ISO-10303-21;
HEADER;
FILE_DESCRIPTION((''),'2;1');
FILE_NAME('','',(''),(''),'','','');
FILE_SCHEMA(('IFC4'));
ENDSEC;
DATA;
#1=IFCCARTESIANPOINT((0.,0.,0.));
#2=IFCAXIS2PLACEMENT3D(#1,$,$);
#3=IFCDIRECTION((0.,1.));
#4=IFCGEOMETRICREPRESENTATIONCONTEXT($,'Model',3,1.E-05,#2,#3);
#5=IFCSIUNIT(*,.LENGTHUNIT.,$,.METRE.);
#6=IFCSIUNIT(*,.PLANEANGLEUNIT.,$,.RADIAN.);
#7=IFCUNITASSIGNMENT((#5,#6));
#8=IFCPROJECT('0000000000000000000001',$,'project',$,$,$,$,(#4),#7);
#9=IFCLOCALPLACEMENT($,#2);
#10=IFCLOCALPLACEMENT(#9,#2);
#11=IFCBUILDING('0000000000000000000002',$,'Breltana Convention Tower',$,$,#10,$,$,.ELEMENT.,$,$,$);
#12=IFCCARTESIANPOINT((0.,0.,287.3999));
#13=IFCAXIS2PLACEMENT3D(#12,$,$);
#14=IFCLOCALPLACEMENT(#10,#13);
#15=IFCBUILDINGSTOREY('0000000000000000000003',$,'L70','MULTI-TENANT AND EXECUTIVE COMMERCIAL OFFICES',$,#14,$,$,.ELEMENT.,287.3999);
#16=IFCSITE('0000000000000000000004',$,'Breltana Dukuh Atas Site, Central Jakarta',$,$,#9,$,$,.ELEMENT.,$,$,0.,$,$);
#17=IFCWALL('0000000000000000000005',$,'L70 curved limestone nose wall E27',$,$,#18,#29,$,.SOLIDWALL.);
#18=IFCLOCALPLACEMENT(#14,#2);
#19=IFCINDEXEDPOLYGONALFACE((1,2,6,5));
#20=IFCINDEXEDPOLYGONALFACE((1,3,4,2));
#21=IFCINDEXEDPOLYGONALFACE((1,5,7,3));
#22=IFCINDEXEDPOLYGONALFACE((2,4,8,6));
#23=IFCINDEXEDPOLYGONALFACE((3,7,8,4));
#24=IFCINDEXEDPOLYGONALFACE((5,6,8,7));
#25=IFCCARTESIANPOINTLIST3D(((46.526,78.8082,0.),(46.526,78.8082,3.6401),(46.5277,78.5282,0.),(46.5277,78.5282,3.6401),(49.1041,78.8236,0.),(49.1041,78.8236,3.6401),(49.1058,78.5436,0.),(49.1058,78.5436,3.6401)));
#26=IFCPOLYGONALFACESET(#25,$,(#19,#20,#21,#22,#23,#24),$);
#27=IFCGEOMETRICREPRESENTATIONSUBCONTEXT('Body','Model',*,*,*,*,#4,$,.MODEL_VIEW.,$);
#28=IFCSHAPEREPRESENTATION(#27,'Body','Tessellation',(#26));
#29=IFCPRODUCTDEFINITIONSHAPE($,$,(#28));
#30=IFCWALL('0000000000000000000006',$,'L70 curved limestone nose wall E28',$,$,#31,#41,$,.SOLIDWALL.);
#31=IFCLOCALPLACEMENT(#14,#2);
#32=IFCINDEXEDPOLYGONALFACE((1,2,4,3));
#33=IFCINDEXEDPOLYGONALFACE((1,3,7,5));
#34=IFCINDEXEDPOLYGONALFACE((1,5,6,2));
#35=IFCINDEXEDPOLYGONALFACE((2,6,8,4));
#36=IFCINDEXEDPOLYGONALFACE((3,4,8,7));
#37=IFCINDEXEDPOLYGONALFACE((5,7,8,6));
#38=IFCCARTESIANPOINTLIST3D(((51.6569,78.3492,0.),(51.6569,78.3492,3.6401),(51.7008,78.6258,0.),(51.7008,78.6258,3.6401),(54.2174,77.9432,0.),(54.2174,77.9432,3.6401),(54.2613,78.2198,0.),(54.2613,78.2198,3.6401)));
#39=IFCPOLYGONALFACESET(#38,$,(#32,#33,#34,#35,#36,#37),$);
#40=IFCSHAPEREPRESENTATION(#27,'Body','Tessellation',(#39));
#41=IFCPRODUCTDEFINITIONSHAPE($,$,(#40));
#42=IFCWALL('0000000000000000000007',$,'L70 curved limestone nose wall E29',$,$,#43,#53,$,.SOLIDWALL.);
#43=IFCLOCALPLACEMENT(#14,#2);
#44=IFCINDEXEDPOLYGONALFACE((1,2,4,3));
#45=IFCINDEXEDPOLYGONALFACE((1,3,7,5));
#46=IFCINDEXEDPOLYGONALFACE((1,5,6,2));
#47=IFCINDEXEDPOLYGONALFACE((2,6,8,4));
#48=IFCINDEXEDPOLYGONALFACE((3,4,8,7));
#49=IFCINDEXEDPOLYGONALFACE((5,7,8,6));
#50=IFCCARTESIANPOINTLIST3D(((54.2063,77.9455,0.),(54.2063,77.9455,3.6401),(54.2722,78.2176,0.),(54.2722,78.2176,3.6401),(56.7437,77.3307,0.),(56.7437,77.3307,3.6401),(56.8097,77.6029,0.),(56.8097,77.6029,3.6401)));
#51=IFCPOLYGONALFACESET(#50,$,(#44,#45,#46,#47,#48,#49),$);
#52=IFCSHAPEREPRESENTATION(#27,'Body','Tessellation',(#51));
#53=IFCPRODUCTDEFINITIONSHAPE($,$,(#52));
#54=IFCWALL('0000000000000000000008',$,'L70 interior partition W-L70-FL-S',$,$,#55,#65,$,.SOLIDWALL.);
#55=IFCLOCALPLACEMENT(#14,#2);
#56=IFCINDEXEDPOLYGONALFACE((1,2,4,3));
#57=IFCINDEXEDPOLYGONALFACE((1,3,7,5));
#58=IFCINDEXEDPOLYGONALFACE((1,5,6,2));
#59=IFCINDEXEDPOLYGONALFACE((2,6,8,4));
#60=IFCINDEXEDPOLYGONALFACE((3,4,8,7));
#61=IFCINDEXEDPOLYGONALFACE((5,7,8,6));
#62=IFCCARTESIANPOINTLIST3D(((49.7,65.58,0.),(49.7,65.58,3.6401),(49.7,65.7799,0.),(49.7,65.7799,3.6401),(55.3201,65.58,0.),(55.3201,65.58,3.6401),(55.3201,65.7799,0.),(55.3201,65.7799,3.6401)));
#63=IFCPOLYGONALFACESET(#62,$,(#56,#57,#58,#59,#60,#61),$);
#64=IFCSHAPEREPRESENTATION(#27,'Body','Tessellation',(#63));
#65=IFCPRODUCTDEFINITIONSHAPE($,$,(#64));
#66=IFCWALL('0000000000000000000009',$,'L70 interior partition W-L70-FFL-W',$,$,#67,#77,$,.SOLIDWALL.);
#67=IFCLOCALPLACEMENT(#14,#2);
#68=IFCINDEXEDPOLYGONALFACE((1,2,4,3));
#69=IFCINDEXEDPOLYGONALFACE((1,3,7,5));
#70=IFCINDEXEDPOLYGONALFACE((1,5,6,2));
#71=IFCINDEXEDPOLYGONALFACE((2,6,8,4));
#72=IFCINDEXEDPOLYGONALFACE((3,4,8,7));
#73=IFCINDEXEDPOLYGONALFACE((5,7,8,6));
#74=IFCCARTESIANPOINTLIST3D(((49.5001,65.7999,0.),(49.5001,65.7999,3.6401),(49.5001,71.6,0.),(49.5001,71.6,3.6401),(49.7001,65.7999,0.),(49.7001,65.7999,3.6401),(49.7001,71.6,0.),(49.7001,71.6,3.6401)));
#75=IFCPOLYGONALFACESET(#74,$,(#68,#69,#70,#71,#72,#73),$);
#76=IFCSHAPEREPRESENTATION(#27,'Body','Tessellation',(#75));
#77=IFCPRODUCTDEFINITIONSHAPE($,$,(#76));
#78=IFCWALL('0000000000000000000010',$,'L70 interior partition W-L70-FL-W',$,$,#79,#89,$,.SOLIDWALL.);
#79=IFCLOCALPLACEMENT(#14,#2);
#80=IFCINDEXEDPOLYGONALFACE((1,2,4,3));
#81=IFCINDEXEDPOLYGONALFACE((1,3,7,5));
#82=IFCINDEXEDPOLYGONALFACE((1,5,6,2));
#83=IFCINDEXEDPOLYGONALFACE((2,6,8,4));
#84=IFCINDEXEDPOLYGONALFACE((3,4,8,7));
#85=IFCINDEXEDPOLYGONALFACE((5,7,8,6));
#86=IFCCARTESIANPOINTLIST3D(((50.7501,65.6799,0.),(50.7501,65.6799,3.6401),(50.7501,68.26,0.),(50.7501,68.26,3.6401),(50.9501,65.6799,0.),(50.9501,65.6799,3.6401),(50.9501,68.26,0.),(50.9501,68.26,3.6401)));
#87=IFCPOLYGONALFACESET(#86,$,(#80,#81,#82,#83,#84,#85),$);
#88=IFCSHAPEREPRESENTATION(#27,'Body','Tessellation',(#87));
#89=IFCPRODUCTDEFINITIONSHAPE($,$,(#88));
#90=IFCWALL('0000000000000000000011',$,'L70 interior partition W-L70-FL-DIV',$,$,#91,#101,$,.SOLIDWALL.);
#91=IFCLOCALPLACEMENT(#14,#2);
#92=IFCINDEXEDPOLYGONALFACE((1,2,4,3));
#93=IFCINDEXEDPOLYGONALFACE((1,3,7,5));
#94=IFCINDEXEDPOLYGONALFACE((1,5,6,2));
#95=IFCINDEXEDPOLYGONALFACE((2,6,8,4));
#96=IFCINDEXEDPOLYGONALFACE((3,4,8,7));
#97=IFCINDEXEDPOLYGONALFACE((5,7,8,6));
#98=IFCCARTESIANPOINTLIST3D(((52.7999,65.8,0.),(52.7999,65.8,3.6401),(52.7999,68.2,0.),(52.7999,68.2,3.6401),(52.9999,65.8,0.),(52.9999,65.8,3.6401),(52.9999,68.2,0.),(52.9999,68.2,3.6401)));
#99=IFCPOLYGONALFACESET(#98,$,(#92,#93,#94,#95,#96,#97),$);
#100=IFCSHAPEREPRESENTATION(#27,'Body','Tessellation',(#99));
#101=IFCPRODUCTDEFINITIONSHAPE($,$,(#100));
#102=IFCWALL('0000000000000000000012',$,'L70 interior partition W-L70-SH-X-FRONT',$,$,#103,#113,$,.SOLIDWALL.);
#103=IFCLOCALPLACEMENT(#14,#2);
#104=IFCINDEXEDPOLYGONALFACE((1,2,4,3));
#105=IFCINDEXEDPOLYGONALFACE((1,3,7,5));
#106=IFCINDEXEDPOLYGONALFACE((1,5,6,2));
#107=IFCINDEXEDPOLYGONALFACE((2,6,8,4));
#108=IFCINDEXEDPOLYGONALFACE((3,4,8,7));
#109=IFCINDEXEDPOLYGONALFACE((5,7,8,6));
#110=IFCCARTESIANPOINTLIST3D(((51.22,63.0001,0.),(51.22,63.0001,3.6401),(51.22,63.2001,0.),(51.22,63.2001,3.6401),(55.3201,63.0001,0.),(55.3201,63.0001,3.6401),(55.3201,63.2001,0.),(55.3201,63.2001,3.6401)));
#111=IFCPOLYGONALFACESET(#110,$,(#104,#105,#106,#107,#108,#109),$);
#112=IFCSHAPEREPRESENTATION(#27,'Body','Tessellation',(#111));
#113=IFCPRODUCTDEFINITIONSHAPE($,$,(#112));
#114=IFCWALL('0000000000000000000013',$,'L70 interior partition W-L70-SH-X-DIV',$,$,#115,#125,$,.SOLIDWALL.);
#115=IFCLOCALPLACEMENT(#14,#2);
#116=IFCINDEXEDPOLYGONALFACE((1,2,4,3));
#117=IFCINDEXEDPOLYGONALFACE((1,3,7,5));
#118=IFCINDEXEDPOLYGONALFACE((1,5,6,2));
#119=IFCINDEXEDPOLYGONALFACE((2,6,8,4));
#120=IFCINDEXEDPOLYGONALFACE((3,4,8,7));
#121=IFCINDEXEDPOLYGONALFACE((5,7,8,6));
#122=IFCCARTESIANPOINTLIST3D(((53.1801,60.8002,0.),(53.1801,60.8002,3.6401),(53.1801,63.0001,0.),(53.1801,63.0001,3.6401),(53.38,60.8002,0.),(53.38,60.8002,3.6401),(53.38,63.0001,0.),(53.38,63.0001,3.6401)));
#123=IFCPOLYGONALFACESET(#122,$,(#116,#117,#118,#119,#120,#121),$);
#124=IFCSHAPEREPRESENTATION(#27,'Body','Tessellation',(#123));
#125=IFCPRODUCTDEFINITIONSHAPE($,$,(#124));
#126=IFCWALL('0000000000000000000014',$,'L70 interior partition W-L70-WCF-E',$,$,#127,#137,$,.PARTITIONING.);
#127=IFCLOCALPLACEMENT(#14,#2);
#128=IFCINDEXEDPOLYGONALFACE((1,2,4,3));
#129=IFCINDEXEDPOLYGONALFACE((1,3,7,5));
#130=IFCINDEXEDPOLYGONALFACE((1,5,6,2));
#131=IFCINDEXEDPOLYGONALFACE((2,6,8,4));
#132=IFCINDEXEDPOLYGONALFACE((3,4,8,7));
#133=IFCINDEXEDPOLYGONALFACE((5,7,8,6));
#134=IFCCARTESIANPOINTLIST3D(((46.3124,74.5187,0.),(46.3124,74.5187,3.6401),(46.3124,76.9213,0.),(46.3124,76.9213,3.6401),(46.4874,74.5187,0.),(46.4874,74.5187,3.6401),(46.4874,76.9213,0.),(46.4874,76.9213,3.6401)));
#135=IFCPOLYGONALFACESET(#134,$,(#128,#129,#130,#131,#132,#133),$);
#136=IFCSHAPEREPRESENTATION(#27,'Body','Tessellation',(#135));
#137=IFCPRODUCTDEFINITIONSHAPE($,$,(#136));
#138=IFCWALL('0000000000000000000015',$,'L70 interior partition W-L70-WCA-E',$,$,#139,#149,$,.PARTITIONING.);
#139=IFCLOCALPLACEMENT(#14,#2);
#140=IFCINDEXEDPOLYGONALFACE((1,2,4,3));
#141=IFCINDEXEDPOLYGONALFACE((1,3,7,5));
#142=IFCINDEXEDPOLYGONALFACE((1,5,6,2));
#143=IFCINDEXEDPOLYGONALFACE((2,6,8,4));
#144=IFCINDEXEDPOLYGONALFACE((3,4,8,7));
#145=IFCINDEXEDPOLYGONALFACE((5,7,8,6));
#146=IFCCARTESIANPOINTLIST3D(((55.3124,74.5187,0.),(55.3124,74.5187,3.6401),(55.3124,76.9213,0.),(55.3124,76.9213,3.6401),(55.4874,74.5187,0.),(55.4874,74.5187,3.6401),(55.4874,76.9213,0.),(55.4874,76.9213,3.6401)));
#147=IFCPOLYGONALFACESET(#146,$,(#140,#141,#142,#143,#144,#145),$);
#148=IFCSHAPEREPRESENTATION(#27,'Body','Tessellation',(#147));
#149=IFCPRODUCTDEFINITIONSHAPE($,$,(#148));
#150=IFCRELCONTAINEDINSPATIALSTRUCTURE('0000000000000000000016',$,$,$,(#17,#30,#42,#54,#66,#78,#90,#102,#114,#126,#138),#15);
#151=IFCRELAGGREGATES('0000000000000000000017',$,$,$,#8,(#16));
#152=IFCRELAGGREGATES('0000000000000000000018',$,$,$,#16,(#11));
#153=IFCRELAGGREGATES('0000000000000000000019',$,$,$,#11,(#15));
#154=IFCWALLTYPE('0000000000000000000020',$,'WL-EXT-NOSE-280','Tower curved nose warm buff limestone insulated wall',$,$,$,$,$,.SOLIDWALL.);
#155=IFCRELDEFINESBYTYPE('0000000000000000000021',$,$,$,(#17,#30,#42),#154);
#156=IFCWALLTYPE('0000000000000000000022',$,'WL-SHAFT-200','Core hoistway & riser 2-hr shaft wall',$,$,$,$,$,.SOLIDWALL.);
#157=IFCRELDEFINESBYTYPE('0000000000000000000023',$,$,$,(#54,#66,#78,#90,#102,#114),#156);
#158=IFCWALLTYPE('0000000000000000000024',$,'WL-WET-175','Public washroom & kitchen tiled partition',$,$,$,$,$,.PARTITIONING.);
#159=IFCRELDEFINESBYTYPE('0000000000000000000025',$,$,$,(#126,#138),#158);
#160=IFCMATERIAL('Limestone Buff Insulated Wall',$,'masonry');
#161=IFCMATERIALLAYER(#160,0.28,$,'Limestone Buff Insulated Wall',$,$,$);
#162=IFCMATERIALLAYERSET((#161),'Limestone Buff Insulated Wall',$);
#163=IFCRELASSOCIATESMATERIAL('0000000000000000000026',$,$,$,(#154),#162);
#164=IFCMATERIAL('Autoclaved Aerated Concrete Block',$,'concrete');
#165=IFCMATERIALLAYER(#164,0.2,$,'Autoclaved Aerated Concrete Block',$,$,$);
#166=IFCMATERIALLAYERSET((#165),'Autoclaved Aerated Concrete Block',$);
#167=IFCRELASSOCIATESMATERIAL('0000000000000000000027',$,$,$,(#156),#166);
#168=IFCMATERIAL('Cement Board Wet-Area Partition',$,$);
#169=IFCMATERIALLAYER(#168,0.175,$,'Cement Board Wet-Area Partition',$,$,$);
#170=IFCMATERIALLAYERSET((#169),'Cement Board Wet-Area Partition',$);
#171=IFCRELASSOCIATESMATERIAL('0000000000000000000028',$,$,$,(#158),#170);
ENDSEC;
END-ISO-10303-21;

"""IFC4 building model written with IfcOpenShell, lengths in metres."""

from ifc_helpers import new_model, si_unit, direction, frame, frame_2d, origin, place, context, subcontext, project, spatial, rectangle, extrude, source, transform, mapped, material, layer, layer_set, type_object, element, save


model = new_model("IFC4")

# Units and contexts
model_context = context("Model", 3, precision=1e-05, world=origin(), true_north=direction((0.0, 1.0)))
body_context = subcontext(model_context, "Body", "Model", "MODEL_VIEW")
ifc_project = project(units=[si_unit("LENGTHUNIT", "METRE"), si_unit("PLANEANGLEUNIT", "RADIAN")], contexts=[model_context])

# Site, building, storey
site_placement = place(None, origin())
site = spatial("IfcSite", under=ifc_project, at=site_placement, Name="Breltana Dukuh Atas Site, Central Jakarta", CompositionType="ELEMENT", RefElevation=0.0)
building_placement = place(site_placement, origin())
building = spatial("IfcBuilding", under=site, at=building_placement, Name="Breltana Convention Tower", CompositionType="ELEMENT")
storey_placement = place(building_placement, frame((0.0, 0.0, 287.3999)))
storey = spatial("IfcBuildingStorey", under=building, at=storey_placement, Name="L70", Description="MULTI-TENANT AND EXECUTIVE COMMERCIAL OFFICES", CompositionType="ELEMENT", Elevation=287.3999)

# Walls
ifc_material_1 = material(Name="Limestone Buff Insulated Wall", Category="masonry")
ifc_layer_1 = layer(ifc_material_1, 0.28, Name="Limestone Buff Insulated Wall")
ifc_layer_set_1 = layer_set([ifc_layer_1], Name="Limestone Buff Insulated Wall")
wall_type_1 = type_object("IfcWallType", Name="WL-EXT-NOSE-280", Description="Tower curved nose warm buff limestone insulated wall", PredefinedType="SOLIDWALL", material=ifc_layer_set_1)
shared_shape_1 = source(origin(), body_context, "Body", "SweptSolid", [
    extrude(rectangle(XDim=2.5781, YDim=0.28, at=frame_2d((1.2891, 0.0))), origin(), (0.0, 0.0, 1.0), 3.6401),
])
wall_1_placement = place(storey_placement, frame((46.5269, 78.6682, 0.0), z_axis=(0.0, 0.0, 1.0), x_axis=(0.999982, 0.005966, 0.0)))
element("IfcWall", 1, at=wall_1_placement, inside=storey, type_object=wall_type_1, Name="L70 curved limestone nose wall E27", PredefinedType="SOLIDWALL", context=body_context, shape_type="MappedRepresentation", body=[
    mapped(shared_shape_1, transform((0.0, 0.0, 0.0), scale=1.0)),
])
shared_shape_2 = source(origin(), body_context, "Body", "SweptSolid", [
    extrude(rectangle(XDim=2.5925, YDim=0.28, at=frame_2d((1.2964, 0.0))), origin(), (0.0, 0.0, 1.0), 3.6401),
])
wall_2_placement = place(storey_placement, frame((51.6787, 78.4875, 0.0), z_axis=(0.0, 0.0, 1.0), x_axis=(0.987661, -0.156606, 0.0)))
element("IfcWall", 2, at=wall_2_placement, inside=storey, type_object=wall_type_1, Name="L70 curved limestone nose wall E28", PredefinedType="SOLIDWALL", context=body_context, shape_type="MappedRepresentation", body=[
    mapped(shared_shape_2, transform((0.0, 0.0, 0.0), scale=1.0)),
])
shared_shape_3 = source(origin(), body_context, "Body", "SweptSolid", [
    extrude(rectangle(XDim=2.6108, YDim=0.28, at=frame_2d((1.3054, 0.0))), origin(), (0.0, 0.0, 1.0), 3.6401),
])
wall_3_placement = place(storey_placement, frame((54.2393, 78.0815, 0.0), z_axis=(0.0, 0.0, 1.0), x_axis=(0.971883, -0.235466, 0.0)))
element("IfcWall", 3, at=wall_3_placement, inside=storey, type_object=wall_type_1, Name="L70 curved limestone nose wall E29", PredefinedType="SOLIDWALL", context=body_context, shape_type="MappedRepresentation", body=[
    mapped(shared_shape_3, transform((0.0, 0.0, 0.0), scale=1.0)),
])

# Shared definitions
ifc_material_2 = material(Name="Autoclaved Aerated Concrete Block", Category="concrete")
ifc_layer_2 = layer(ifc_material_2, 0.2, Name="Autoclaved Aerated Concrete Block")
ifc_layer_set_2 = layer_set([ifc_layer_2], Name="Autoclaved Aerated Concrete Block")
wall_type_2 = type_object("IfcWallType", Name="WL-SHAFT-200", Description="Core hoistway & riser 2-hr shaft wall", PredefinedType="SOLIDWALL", material=ifc_layer_set_2)
shared_shape_4 = source(origin(), body_context, "Body", "SweptSolid", [
    extrude(rectangle(XDim=5.6201, YDim=0.2, at=frame_2d((2.8101, 0.0))), origin(), (0.0, 0.0, 1.0), 3.6401),
])

# Walls
wall_4_placement = place(storey_placement, frame((49.7, 65.6799, 0.0), z_axis=(0.0, 0.0, 1.0), x_axis=(1.0, 0.0, 0.0)))
element("IfcWall", 4, at=wall_4_placement, inside=storey, type_object=wall_type_2, Name="L70 interior partition W-L70-FL-S", PredefinedType="SOLIDWALL", context=body_context, shape_type="MappedRepresentation", body=[
    mapped(shared_shape_4, transform((0.0, 0.0, 0.0), scale=1.0)),
])
shared_shape_5 = source(origin(), body_context, "Body", "SweptSolid", [
    extrude(rectangle(XDim=5.8, YDim=0.2, at=frame_2d((2.8999, 0.0))), origin(), (0.0, 0.0, 1.0), 3.6401),
])
wall_5_placement = place(storey_placement, frame((49.6001, 65.8, 0.0), z_axis=(0.0, 0.0, 1.0), x_axis=(0.0, 1.0, 0.0)))
element("IfcWall", 5, at=wall_5_placement, inside=storey, type_object=wall_type_2, Name="L70 interior partition W-L70-FFL-W", PredefinedType="SOLIDWALL", context=body_context, shape_type="MappedRepresentation", body=[
    mapped(shared_shape_5, transform((0.0, 0.0, 0.0), scale=1.0)),
])
shared_shape_6 = source(origin(), body_context, "Body", "SweptSolid", [
    extrude(rectangle(XDim=2.5801, YDim=0.2, at=frame_2d((1.29, 0.0))), origin(), (0.0, 0.0, 1.0), 3.6401),
])
wall_6_placement = place(storey_placement, frame((50.8501, 65.6799, 0.0), z_axis=(0.0, 0.0, 1.0), x_axis=(0.0, 1.0, 0.0)))
element("IfcWall", 6, at=wall_6_placement, inside=storey, type_object=wall_type_2, Name="L70 interior partition W-L70-FL-W", PredefinedType="SOLIDWALL", context=body_context, shape_type="MappedRepresentation", body=[
    mapped(shared_shape_6, transform((0.0, 0.0, 0.0), scale=1.0)),
])
shared_shape_7 = source(origin(), body_context, "Body", "SweptSolid", [
    extrude(rectangle(XDim=2.3999, YDim=0.2, at=frame_2d((1.2, 0.0))), origin(), (0.0, 0.0, 1.0), 3.6401),
])
wall_7_placement = place(storey_placement, frame((52.8999, 65.8, 0.0), z_axis=(0.0, 0.0, 1.0), x_axis=(0.0, 1.0, 0.0)))
element("IfcWall", 7, at=wall_7_placement, inside=storey, type_object=wall_type_2, Name="L70 interior partition W-L70-FL-DIV", PredefinedType="SOLIDWALL", context=body_context, shape_type="MappedRepresentation", body=[
    mapped(shared_shape_7, transform((0.0, 0.0, 0.0), scale=1.0)),
])
shared_shape_8 = source(origin(), body_context, "Body", "SweptSolid", [
    extrude(rectangle(XDim=4.1001, YDim=0.2, at=frame_2d((2.05, 0.0))), origin(), (0.0, 0.0, 1.0), 3.6401),
])
wall_8_placement = place(storey_placement, frame((51.22, 63.1001, 0.0), z_axis=(0.0, 0.0, 1.0), x_axis=(1.0, 0.0, 0.0)))
element("IfcWall", 8, at=wall_8_placement, inside=storey, type_object=wall_type_2, Name="L70 interior partition W-L70-SH-X-FRONT", PredefinedType="SOLIDWALL", context=body_context, shape_type="MappedRepresentation", body=[
    mapped(shared_shape_8, transform((0.0, 0.0, 0.0), scale=1.0)),
])
shared_shape_9 = source(origin(), body_context, "Body", "SweptSolid", [
    extrude(rectangle(XDim=2.2, YDim=0.2, at=frame_2d((1.1001, 0.0))), origin(), (0.0, 0.0, 1.0), 3.6401),
])
wall_9_placement = place(storey_placement, frame((53.28, 60.8, 0.0), z_axis=(0.0, 0.0, 1.0), x_axis=(0.0, 1.0, 0.0)))
element("IfcWall", 9, at=wall_9_placement, inside=storey, type_object=wall_type_2, Name="L70 interior partition W-L70-SH-X-DIV", PredefinedType="SOLIDWALL", context=body_context, shape_type="MappedRepresentation", body=[
    mapped(shared_shape_9, transform((0.0, 0.0, 0.0), scale=1.0)),
])
ifc_material_3 = material(Name="Cement Board Wet-Area Partition")
ifc_layer_3 = layer(ifc_material_3, 0.175, Name="Cement Board Wet-Area Partition")
ifc_layer_set_3 = layer_set([ifc_layer_3], Name="Cement Board Wet-Area Partition")
wall_type_3 = type_object("IfcWallType", Name="WL-WET-175", Description="Public washroom & kitchen tiled partition", PredefinedType="PARTITIONING", material=ifc_layer_set_3)
shared_shape_10 = source(origin(), body_context, "Body", "SweptSolid", [
    extrude(rectangle(XDim=2.4026, YDim=0.175, at=frame_2d((1.2012, 0.0))), origin(), (0.0, 0.0, 1.0), 3.6401),
])
for number, where, z_axis, x_axis, name in (
    (10, (46.3999, 74.5188, 0.0), (0.0, 0.0, 1.0), (0.0, 1.0, 0.0), "L70 interior partition W-L70-WCF-E"),
    (11, (55.3999, 74.5188, 0.0), (0.0, 0.0, 1.0), (0.0, 1.0, 0.0), "L70 interior partition W-L70-WCA-E"),
):
    element("IfcWall", number, at=place(storey_placement, frame(where, z_axis=z_axis, x_axis=x_axis)), inside=storey, type_object=wall_type_3, Name=name, PredefinedType="PARTITIONING", context=body_context, shape_type="MappedRepresentation", body=[
        mapped(shared_shape_10, transform((0.0, 0.0, 0.0), scale=1.0)),
    ])

save(model, "model.ifc")
